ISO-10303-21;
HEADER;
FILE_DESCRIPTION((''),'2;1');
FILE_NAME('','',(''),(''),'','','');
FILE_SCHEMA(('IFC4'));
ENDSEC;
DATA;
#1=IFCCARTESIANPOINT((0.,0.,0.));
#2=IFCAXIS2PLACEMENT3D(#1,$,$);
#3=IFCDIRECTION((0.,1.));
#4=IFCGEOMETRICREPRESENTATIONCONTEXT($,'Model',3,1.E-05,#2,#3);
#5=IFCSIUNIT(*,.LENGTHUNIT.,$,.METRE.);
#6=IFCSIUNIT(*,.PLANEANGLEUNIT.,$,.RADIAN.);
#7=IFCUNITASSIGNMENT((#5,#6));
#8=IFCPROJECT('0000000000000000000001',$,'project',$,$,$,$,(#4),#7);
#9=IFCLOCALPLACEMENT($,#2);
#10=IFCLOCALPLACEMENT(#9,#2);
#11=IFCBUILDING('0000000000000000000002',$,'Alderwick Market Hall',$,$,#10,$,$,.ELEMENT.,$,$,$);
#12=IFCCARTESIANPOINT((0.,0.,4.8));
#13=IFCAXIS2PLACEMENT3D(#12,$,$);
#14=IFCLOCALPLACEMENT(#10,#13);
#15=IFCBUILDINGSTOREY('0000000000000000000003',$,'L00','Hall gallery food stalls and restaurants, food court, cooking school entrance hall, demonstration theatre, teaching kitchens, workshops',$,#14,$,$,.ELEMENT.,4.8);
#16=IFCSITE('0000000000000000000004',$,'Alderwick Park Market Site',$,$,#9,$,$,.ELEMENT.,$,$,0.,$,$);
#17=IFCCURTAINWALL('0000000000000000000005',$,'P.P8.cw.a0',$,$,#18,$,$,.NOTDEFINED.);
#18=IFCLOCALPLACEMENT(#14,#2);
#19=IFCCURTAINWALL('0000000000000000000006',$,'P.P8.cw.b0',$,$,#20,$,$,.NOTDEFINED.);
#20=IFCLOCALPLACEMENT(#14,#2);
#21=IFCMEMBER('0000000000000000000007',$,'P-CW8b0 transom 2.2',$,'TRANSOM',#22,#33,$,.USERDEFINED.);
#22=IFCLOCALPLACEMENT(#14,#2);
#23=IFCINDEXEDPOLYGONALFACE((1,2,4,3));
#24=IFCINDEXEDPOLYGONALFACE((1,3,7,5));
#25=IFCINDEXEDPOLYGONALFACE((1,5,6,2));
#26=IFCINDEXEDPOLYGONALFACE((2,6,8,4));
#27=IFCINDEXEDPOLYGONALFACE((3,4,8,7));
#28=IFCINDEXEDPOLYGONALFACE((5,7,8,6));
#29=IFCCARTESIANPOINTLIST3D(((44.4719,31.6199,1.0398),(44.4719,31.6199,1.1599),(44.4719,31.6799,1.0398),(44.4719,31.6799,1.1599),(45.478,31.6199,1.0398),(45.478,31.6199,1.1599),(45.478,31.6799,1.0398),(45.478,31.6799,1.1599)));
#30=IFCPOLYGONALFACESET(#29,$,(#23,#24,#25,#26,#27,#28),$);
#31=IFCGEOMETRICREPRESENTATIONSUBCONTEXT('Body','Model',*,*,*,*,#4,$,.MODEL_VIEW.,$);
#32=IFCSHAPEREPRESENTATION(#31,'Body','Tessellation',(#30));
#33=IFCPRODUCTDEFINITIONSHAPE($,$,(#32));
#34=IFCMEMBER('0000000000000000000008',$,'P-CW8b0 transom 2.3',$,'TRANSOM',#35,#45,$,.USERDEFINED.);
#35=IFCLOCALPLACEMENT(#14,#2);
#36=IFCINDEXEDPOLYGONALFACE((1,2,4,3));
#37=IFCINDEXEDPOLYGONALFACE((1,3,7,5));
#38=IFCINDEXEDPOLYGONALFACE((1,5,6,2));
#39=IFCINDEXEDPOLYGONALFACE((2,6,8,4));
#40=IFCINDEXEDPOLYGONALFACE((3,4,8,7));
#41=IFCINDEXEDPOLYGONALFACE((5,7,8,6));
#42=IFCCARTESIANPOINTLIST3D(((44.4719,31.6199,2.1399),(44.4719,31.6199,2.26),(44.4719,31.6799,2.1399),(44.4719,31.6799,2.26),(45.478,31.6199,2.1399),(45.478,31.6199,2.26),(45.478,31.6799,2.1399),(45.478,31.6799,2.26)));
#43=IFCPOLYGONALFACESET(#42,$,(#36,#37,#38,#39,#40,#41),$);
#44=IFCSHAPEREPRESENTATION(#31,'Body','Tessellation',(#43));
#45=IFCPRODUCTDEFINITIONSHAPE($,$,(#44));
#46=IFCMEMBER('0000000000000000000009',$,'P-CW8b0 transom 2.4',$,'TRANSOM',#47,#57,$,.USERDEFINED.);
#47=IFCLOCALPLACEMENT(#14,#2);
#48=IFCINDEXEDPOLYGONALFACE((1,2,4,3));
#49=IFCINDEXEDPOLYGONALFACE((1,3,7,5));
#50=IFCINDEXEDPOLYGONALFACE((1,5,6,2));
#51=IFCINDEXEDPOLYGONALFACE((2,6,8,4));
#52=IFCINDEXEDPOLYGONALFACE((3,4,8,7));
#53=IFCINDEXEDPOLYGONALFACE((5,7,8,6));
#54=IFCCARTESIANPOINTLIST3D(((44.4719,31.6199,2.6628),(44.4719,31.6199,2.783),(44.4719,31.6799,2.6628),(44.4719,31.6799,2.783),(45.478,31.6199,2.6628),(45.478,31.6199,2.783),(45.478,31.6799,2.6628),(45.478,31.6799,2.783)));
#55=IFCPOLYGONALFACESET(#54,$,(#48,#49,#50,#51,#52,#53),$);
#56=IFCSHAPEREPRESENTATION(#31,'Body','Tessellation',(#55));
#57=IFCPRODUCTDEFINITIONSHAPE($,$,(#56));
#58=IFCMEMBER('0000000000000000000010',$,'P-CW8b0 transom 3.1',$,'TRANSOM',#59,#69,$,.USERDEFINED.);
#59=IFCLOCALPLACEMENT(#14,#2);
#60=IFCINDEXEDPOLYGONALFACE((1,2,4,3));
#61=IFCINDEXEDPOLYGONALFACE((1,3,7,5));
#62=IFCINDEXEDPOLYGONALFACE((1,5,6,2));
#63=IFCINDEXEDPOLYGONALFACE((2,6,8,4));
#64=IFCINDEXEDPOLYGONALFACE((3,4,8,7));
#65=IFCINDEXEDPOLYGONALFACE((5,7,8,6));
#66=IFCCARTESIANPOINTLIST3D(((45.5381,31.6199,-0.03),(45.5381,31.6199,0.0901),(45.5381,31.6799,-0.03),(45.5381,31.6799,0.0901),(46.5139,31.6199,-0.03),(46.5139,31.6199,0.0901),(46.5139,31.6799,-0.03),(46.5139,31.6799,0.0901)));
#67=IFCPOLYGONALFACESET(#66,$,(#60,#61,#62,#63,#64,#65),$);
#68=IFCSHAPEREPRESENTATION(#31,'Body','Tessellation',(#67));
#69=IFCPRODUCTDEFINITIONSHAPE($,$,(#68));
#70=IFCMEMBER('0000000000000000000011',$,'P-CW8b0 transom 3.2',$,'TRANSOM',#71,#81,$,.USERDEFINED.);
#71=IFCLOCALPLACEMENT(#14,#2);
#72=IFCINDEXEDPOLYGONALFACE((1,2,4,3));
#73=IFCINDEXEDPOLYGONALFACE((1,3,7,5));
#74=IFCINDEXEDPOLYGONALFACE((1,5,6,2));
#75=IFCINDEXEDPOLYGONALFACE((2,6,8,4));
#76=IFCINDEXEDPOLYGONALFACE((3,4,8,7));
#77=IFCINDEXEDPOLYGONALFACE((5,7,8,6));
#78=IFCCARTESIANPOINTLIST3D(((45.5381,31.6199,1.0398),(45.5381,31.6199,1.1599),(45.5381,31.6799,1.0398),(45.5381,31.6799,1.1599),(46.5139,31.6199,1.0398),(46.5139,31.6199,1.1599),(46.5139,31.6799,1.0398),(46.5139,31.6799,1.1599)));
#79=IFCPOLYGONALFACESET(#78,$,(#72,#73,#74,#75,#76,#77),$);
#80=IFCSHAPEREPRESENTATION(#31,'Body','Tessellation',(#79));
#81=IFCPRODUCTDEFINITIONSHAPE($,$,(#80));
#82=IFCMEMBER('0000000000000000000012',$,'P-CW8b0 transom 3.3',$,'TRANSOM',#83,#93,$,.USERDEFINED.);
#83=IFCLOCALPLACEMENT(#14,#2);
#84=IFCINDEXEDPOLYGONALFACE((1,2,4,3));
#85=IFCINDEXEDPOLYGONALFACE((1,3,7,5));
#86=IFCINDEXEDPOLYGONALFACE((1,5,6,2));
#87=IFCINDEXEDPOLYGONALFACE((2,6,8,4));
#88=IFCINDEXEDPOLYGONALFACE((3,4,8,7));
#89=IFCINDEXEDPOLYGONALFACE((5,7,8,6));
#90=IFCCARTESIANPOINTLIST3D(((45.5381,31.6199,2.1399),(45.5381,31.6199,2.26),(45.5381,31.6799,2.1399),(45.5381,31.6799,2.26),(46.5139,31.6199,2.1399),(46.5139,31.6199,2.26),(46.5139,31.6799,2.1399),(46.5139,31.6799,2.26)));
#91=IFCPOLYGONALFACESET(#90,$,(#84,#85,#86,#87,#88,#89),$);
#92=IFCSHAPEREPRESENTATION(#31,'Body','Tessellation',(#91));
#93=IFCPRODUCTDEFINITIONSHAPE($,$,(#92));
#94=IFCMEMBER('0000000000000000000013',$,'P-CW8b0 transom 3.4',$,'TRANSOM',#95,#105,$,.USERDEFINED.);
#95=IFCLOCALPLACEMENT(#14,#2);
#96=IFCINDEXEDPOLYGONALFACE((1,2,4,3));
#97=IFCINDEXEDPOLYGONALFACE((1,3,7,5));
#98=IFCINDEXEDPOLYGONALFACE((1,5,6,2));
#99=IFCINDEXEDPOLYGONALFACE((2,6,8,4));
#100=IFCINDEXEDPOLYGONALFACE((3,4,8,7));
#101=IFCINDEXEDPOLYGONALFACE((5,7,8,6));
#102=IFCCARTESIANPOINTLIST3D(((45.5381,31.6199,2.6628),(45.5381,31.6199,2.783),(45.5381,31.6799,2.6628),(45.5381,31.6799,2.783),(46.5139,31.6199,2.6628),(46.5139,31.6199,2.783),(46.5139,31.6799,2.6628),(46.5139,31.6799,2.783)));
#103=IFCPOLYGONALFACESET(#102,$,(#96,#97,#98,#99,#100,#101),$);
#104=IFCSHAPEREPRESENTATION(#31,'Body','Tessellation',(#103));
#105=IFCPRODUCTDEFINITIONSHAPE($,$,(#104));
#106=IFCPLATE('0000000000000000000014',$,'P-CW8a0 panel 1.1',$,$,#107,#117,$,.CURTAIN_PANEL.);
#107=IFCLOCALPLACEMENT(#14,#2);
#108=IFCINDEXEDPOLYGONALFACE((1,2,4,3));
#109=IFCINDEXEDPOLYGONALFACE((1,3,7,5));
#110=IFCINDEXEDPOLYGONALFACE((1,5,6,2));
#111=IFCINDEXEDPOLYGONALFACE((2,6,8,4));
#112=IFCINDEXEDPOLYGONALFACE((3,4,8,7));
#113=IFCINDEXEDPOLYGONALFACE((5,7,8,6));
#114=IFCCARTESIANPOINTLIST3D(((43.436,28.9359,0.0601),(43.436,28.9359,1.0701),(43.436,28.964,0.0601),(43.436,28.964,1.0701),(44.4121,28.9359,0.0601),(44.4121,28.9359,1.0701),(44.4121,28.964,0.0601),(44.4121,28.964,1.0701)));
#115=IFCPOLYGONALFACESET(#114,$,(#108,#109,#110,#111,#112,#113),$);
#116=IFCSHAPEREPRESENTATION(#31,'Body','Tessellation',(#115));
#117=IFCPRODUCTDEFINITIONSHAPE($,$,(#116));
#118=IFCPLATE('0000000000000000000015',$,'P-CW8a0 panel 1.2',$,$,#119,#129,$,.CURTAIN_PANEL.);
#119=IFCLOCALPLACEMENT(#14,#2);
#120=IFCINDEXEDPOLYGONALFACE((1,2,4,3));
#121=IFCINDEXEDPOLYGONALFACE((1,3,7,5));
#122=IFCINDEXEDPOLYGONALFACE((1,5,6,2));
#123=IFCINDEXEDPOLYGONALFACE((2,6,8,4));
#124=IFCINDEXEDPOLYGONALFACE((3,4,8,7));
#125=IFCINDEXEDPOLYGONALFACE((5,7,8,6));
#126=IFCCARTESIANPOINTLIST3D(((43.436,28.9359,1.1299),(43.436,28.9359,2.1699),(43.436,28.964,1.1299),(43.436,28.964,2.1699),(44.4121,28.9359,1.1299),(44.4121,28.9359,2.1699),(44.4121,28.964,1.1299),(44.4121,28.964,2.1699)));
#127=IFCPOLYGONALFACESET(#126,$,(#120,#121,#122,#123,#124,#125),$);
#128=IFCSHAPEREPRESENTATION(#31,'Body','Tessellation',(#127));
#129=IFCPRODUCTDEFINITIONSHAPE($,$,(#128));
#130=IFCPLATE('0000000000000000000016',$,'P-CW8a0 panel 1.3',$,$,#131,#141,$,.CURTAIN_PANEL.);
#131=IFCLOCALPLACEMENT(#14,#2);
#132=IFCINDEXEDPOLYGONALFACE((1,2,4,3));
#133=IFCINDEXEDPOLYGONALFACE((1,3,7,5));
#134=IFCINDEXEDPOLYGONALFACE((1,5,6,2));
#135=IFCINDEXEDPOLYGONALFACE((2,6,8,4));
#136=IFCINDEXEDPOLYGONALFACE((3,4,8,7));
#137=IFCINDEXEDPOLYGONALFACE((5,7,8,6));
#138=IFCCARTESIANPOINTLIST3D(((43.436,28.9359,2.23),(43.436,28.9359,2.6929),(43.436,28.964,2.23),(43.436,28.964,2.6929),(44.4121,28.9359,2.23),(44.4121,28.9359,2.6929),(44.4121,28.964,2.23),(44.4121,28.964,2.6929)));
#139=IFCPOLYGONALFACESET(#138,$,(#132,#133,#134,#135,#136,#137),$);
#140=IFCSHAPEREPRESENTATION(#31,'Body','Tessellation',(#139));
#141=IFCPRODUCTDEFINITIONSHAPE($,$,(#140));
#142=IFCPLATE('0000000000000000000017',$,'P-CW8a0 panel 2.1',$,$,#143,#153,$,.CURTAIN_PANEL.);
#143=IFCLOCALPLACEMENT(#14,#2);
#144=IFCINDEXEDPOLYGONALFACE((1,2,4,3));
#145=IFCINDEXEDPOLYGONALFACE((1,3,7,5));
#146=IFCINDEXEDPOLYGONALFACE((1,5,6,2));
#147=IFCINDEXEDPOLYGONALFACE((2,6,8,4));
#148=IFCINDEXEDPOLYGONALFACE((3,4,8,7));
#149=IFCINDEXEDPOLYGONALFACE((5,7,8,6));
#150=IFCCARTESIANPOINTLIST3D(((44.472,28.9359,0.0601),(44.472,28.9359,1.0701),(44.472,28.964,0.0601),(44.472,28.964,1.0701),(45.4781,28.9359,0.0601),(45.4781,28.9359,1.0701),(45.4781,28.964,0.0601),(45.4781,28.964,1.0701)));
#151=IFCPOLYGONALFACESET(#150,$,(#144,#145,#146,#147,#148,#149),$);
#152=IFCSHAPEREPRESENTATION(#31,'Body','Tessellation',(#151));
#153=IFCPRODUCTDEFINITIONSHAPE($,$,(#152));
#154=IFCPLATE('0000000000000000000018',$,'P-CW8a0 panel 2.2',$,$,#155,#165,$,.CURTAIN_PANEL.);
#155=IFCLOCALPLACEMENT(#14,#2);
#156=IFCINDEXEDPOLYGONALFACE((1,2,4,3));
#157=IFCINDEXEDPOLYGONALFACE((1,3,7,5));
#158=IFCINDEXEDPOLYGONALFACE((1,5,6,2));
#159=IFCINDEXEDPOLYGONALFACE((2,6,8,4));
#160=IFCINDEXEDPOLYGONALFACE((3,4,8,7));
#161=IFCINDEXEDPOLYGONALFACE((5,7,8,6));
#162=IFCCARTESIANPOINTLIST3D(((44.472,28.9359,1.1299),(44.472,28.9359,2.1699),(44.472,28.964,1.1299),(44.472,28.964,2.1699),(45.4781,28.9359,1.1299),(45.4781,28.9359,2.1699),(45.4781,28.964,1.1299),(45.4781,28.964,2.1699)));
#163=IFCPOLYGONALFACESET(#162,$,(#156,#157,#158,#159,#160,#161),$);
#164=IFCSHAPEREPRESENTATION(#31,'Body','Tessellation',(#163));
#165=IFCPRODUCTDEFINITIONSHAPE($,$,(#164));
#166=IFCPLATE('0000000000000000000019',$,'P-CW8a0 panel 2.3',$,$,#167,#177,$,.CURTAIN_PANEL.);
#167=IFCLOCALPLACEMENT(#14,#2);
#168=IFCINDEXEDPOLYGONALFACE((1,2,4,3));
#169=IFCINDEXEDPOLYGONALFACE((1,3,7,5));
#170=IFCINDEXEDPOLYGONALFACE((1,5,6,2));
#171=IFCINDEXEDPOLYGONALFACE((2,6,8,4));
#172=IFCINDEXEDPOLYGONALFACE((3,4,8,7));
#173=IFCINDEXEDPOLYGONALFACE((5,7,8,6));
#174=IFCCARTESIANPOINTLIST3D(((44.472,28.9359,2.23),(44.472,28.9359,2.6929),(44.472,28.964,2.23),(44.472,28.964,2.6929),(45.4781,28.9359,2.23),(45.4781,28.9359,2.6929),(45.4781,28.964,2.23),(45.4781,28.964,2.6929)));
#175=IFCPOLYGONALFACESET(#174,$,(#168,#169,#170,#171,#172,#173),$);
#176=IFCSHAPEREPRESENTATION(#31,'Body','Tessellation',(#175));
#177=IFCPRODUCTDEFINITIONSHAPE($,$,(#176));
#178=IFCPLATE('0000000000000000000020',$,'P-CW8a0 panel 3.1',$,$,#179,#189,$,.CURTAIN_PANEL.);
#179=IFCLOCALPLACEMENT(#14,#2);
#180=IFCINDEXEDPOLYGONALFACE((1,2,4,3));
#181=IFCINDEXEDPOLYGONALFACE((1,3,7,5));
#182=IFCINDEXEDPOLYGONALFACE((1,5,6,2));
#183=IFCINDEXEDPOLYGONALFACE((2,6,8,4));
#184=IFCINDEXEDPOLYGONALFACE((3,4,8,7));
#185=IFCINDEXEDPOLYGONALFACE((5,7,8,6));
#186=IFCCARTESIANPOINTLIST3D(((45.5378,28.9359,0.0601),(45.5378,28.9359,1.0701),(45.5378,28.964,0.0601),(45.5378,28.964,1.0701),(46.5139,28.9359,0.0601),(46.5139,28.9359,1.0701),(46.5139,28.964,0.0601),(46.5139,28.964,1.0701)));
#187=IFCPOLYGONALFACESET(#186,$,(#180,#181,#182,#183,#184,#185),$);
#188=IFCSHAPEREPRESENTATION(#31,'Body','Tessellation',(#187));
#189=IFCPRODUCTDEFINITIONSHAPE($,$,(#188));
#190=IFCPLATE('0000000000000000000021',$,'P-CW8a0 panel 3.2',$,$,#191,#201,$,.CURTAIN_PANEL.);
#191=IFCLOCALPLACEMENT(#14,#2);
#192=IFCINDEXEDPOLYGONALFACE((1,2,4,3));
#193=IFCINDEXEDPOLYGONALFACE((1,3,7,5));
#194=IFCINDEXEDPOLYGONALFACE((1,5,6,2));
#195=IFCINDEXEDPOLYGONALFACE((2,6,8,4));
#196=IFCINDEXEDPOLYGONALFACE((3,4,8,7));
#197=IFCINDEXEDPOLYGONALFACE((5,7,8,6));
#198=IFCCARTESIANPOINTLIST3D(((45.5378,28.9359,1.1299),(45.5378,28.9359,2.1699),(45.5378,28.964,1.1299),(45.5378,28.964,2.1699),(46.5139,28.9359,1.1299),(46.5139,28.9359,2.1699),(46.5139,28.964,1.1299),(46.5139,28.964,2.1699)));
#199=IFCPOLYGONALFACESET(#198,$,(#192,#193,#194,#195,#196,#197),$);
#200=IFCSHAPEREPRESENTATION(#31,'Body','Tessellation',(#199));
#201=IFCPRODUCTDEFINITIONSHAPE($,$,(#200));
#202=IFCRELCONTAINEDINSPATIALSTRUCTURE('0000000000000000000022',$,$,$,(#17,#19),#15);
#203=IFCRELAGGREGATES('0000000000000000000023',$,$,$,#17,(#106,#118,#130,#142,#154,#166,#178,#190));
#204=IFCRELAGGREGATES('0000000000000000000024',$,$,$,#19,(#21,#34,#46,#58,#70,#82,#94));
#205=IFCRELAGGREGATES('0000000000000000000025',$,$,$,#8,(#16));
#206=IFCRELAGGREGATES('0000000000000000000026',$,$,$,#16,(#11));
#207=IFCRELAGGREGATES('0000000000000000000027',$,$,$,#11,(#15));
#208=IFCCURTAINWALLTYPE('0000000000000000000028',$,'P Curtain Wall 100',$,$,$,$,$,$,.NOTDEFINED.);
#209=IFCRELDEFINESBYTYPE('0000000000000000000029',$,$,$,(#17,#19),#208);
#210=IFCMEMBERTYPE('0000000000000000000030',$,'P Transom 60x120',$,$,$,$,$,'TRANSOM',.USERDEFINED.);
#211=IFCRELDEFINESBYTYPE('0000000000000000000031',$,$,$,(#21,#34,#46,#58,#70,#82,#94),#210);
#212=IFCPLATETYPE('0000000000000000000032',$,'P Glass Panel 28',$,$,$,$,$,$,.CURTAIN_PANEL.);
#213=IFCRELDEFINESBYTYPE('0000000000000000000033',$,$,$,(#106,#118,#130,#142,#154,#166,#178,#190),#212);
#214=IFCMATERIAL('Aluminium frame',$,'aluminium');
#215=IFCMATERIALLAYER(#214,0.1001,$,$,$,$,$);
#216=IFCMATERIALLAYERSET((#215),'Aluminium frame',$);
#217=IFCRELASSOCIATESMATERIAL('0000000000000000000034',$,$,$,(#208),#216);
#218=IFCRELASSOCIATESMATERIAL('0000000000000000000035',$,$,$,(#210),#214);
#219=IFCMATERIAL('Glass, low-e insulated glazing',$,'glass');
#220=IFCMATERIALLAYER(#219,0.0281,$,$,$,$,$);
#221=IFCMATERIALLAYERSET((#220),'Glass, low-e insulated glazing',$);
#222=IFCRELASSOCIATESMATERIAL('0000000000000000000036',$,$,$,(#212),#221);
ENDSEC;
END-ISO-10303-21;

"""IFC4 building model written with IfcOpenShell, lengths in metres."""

from ifc_helpers import new_model, si_unit, direction, frame, origin, origin_2d, place, context, subcontext, project, spatial, rectangle, extrude, material, layer, layer_set, material_profile, profile_set, type_object, element, aggregate, save


model = new_model("IFC4")

# Units and contexts
model_context = context("Model", 3, precision=1e-05, world=origin(), true_north=direction((0.0, 1.0)))
body_context = subcontext(model_context, "Body", "Model", "MODEL_VIEW")
ifc_project = project(units=[si_unit("LENGTHUNIT", "METRE"), si_unit("PLANEANGLEUNIT", "RADIAN")], contexts=[model_context])

# Site, building, storey
site_placement = place(None, origin())
site = spatial("IfcSite", under=ifc_project, at=site_placement, Name="Alderwick Park Market Site", CompositionType="ELEMENT", RefElevation=0.0)
building_placement = place(site_placement, origin())
building = spatial("IfcBuilding", under=site, at=building_placement, Name="Alderwick Market Hall", CompositionType="ELEMENT")
storey_placement = place(building_placement, frame((0.0, 0.0, 4.8)))
storey = spatial("IfcBuildingStorey", under=building, at=storey_placement, Name="L00", Description="Hall gallery food stalls and restaurants, food court, cooking school entrance hall, demonstration theatre, teaching kitchens, workshops", CompositionType="ELEMENT", Elevation=4.8)

# Curtain walls
ifc_material_1 = material(Name="Aluminium frame", Category="aluminium")
ifc_layer_1 = layer(ifc_material_1, 0.1001)
ifc_layer_set_1 = layer_set([ifc_layer_1], Name="Aluminium frame")
curtain_wall_type = type_object("IfcCurtainWallType", Name="P Curtain Wall 100", PredefinedType="NOTDEFINED", material=ifc_layer_set_1)
curtain_wall_1_placement = place(storey_placement, origin())
curtain_wall_1 = element("IfcCurtainWall", 1, at=curtain_wall_1_placement, inside=storey, type_object=curtain_wall_type, Name="P.P8.cw.a0", PredefinedType="NOTDEFINED")
curtain_wall_2_placement = place(storey_placement, origin())
curtain_wall_2 = element("IfcCurtainWall", 2, at=curtain_wall_2_placement, inside=storey, type_object=curtain_wall_type, Name="P.P8.cw.b0", PredefinedType="NOTDEFINED")

# Members
ifc_material_profile_1 = material_profile(ifc_material_1, rectangle(XDim=0.0601, YDim=0.1201, at=origin_2d()), Name="P Transom 60x120")
ifc_profile_set_1 = profile_set([ifc_material_profile_1], Name="Aluminium frame")
member_type_1 = type_object("IfcMemberType", Name="P Transom 60x120", ElementType="TRANSOM", PredefinedType="USERDEFINED", material=ifc_profile_set_1)
member_1_placement = place(storey_placement, frame((44.4719, 31.6499, 1.0999), z_axis=(1.0, 0.0, 0.0), x_axis=(0.0, 1.0, 0.0)))
member_1 = element("IfcMember", 3, at=member_1_placement, type_object=member_type_1, Name="P-CW8b0 transom 2.2", ObjectType="TRANSOM", PredefinedType="USERDEFINED", context=body_context, shape_type="SweptSolid", body=[
    extrude(rectangle(XDim=0.0601, YDim=0.1201, at=origin_2d()), origin(), (0.0, 0.0, 1.0), 1.0061),
])
member_2_placement = place(storey_placement, frame((44.4719, 31.6499, 2.2), z_axis=(1.0, 0.0, 0.0), x_axis=(0.0, 1.0, 0.0)))
member_2 = element("IfcMember", 4, at=member_2_placement, type_object=member_type_1, Name="P-CW8b0 transom 2.3", ObjectType="TRANSOM", PredefinedType="USERDEFINED", context=body_context, shape_type="SweptSolid", body=[
    extrude(rectangle(XDim=0.0601, YDim=0.1201, at=origin_2d()), origin(), (0.0, 0.0, 1.0), 1.0061),
])
member_3_placement = place(storey_placement, frame((44.4719, 31.6499, 2.7229), z_axis=(1.0, 0.0, 0.0), x_axis=(0.0, 1.0, 0.0)))
member_3 = element("IfcMember", 5, at=member_3_placement, type_object=member_type_1, Name="P-CW8b0 transom 2.4", ObjectType="TRANSOM", PredefinedType="USERDEFINED", context=body_context, shape_type="SweptSolid", body=[
    extrude(rectangle(XDim=0.0601, YDim=0.1201, at=origin_2d()), origin(), (0.0, 0.0, 1.0), 1.0061),
])
member_4_placement = place(storey_placement, frame((45.5381, 31.6499, 0.03), z_axis=(1.0, 0.0, 0.0), x_axis=(0.0, 1.0, 0.0)))
member_4 = element("IfcMember", 6, at=member_4_placement, type_object=member_type_1, Name="P-CW8b0 transom 3.1", ObjectType="TRANSOM", PredefinedType="USERDEFINED", context=body_context, shape_type="SweptSolid", body=[
    extrude(rectangle(XDim=0.0601, YDim=0.1201, at=origin_2d()), origin(), (0.0, 0.0, 1.0), 0.9758),
])
member_5_placement = place(storey_placement, frame((45.5381, 31.6499, 1.0999), z_axis=(1.0, 0.0, 0.0), x_axis=(0.0, 1.0, 0.0)))
member_5 = element("IfcMember", 7, at=member_5_placement, type_object=member_type_1, Name="P-CW8b0 transom 3.2", ObjectType="TRANSOM", PredefinedType="USERDEFINED", context=body_context, shape_type="SweptSolid", body=[
    extrude(rectangle(XDim=0.0601, YDim=0.1201, at=origin_2d()), origin(), (0.0, 0.0, 1.0), 0.9758),
])
member_6_placement = place(storey_placement, frame((45.5381, 31.6499, 2.2), z_axis=(1.0, 0.0, 0.0), x_axis=(0.0, 1.0, 0.0)))
member_6 = element("IfcMember", 8, at=member_6_placement, type_object=member_type_1, Name="P-CW8b0 transom 3.3", ObjectType="TRANSOM", PredefinedType="USERDEFINED", context=body_context, shape_type="SweptSolid", body=[
    extrude(rectangle(XDim=0.0601, YDim=0.1201, at=origin_2d()), origin(), (0.0, 0.0, 1.0), 0.9758),
])
member_7_placement = place(storey_placement, frame((45.5381, 31.6499, 2.7229), z_axis=(1.0, 0.0, 0.0), x_axis=(0.0, 1.0, 0.0)))
member_7 = element("IfcMember", 9, at=member_7_placement, type_object=member_type_1, Name="P-CW8b0 transom 3.4", ObjectType="TRANSOM", PredefinedType="USERDEFINED", context=body_context, shape_type="SweptSolid", body=[
    extrude(rectangle(XDim=0.0601, YDim=0.1201, at=origin_2d()), origin(), (0.0, 0.0, 1.0), 0.9758),
])

# Plates
ifc_material_2 = material(Name="Glass, low-e insulated glazing", Category="glass")
ifc_layer_2 = layer(ifc_material_2, 0.0281)
ifc_layer_set_2 = layer_set([ifc_layer_2], Name="Glass, low-e insulated glazing")
plate_type = type_object("IfcPlateType", Name="P Glass Panel 28", PredefinedType="CURTAIN_PANEL", material=ifc_layer_set_2)
plate_1_placement = place(storey_placement, frame((43.9241, 28.95, 0.0601), z_axis=(0.0, 0.0, 1.0), x_axis=(1.0, 0.0, 0.0)))
plate_1 = element("IfcPlate", 10, at=plate_1_placement, type_object=plate_type, Name="P-CW8a0 panel 1.1", PredefinedType="CURTAIN_PANEL", context=body_context, shape_type="SweptSolid", body=[
    extrude(rectangle(XDim=0.9761, YDim=0.0281, at=origin_2d()), origin(), (0.0, 0.0, 1.0), 1.01),
])
plate_2_placement = place(storey_placement, frame((43.9241, 28.95, 1.1299), z_axis=(0.0, 0.0, 1.0), x_axis=(1.0, 0.0, 0.0)))
plate_2 = element("IfcPlate", 11, at=plate_2_placement, type_object=plate_type, Name="P-CW8a0 panel 1.2", PredefinedType="CURTAIN_PANEL", context=body_context, shape_type="SweptSolid", body=[
    extrude(rectangle(XDim=0.9761, YDim=0.0281, at=origin_2d()), origin(), (0.0, 0.0, 1.0), 1.04),
])
plate_3_placement = place(storey_placement, frame((43.9241, 28.95, 2.23), z_axis=(0.0, 0.0, 1.0), x_axis=(1.0, 0.0, 0.0)))
plate_3 = element("IfcPlate", 12, at=plate_3_placement, type_object=plate_type, Name="P-CW8a0 panel 1.3", PredefinedType="CURTAIN_PANEL", context=body_context, shape_type="SweptSolid", body=[
    extrude(rectangle(XDim=0.9761, YDim=0.0281, at=origin_2d()), origin(), (0.0, 0.0, 1.0), 0.4629),
])
plate_4_placement = place(storey_placement, frame((44.9751, 28.95, 0.0601), z_axis=(0.0, 0.0, 1.0), x_axis=(1.0, 0.0, 0.0)))
plate_4 = element("IfcPlate", 13, at=plate_4_placement, type_object=plate_type, Name="P-CW8a0 panel 2.1", PredefinedType="CURTAIN_PANEL", context=body_context, shape_type="SweptSolid", body=[
    extrude(rectangle(XDim=1.0061, YDim=0.0281, at=origin_2d()), origin(), (0.0, 0.0, 1.0), 1.01),
])
plate_5_placement = place(storey_placement, frame((44.9751, 28.95, 1.1299), z_axis=(0.0, 0.0, 1.0), x_axis=(1.0, 0.0, 0.0)))
plate_5 = element("IfcPlate", 14, at=plate_5_placement, type_object=plate_type, Name="P-CW8a0 panel 2.2", PredefinedType="CURTAIN_PANEL", context=body_context, shape_type="SweptSolid", body=[
    extrude(rectangle(XDim=1.0061, YDim=0.0281, at=origin_2d()), origin(), (0.0, 0.0, 1.0), 1.04),
])
plate_6_placement = place(storey_placement, frame((44.9751, 28.95, 2.23), z_axis=(0.0, 0.0, 1.0), x_axis=(1.0, 0.0, 0.0)))
plate_6 = element("IfcPlate", 15, at=plate_6_placement, type_object=plate_type, Name="P-CW8a0 panel 2.3", PredefinedType="CURTAIN_PANEL", context=body_context, shape_type="SweptSolid", body=[
    extrude(rectangle(XDim=1.0061, YDim=0.0281, at=origin_2d()), origin(), (0.0, 0.0, 1.0), 0.4629),
])
plate_7_placement = place(storey_placement, frame((46.0259, 28.95, 0.0601), z_axis=(0.0, 0.0, 1.0), x_axis=(1.0, 0.0, 0.0)))
plate_7 = element("IfcPlate", 16, at=plate_7_placement, type_object=plate_type, Name="P-CW8a0 panel 3.1", PredefinedType="CURTAIN_PANEL", context=body_context, shape_type="SweptSolid", body=[
    extrude(rectangle(XDim=0.9761, YDim=0.0281, at=origin_2d()), origin(), (0.0, 0.0, 1.0), 1.01),
])
plate_8_placement = place(storey_placement, frame((46.0259, 28.95, 1.1299), z_axis=(0.0, 0.0, 1.0), x_axis=(1.0, 0.0, 0.0)))
plate_8 = element("IfcPlate", 17, at=plate_8_placement, type_object=plate_type, Name="P-CW8a0 panel 3.2", PredefinedType="CURTAIN_PANEL", context=body_context, shape_type="SweptSolid", body=[
    extrude(rectangle(XDim=0.9761, YDim=0.0281, at=origin_2d()), origin(), (0.0, 0.0, 1.0), 1.04),
])
aggregate(curtain_wall_1, [plate_1, plate_2, plate_3, plate_4, plate_5, plate_6, plate_7, plate_8])
aggregate(curtain_wall_2, [member_1, member_2, member_3, member_4, member_5, member_6, member_7])

save(model, "model.ifc")
